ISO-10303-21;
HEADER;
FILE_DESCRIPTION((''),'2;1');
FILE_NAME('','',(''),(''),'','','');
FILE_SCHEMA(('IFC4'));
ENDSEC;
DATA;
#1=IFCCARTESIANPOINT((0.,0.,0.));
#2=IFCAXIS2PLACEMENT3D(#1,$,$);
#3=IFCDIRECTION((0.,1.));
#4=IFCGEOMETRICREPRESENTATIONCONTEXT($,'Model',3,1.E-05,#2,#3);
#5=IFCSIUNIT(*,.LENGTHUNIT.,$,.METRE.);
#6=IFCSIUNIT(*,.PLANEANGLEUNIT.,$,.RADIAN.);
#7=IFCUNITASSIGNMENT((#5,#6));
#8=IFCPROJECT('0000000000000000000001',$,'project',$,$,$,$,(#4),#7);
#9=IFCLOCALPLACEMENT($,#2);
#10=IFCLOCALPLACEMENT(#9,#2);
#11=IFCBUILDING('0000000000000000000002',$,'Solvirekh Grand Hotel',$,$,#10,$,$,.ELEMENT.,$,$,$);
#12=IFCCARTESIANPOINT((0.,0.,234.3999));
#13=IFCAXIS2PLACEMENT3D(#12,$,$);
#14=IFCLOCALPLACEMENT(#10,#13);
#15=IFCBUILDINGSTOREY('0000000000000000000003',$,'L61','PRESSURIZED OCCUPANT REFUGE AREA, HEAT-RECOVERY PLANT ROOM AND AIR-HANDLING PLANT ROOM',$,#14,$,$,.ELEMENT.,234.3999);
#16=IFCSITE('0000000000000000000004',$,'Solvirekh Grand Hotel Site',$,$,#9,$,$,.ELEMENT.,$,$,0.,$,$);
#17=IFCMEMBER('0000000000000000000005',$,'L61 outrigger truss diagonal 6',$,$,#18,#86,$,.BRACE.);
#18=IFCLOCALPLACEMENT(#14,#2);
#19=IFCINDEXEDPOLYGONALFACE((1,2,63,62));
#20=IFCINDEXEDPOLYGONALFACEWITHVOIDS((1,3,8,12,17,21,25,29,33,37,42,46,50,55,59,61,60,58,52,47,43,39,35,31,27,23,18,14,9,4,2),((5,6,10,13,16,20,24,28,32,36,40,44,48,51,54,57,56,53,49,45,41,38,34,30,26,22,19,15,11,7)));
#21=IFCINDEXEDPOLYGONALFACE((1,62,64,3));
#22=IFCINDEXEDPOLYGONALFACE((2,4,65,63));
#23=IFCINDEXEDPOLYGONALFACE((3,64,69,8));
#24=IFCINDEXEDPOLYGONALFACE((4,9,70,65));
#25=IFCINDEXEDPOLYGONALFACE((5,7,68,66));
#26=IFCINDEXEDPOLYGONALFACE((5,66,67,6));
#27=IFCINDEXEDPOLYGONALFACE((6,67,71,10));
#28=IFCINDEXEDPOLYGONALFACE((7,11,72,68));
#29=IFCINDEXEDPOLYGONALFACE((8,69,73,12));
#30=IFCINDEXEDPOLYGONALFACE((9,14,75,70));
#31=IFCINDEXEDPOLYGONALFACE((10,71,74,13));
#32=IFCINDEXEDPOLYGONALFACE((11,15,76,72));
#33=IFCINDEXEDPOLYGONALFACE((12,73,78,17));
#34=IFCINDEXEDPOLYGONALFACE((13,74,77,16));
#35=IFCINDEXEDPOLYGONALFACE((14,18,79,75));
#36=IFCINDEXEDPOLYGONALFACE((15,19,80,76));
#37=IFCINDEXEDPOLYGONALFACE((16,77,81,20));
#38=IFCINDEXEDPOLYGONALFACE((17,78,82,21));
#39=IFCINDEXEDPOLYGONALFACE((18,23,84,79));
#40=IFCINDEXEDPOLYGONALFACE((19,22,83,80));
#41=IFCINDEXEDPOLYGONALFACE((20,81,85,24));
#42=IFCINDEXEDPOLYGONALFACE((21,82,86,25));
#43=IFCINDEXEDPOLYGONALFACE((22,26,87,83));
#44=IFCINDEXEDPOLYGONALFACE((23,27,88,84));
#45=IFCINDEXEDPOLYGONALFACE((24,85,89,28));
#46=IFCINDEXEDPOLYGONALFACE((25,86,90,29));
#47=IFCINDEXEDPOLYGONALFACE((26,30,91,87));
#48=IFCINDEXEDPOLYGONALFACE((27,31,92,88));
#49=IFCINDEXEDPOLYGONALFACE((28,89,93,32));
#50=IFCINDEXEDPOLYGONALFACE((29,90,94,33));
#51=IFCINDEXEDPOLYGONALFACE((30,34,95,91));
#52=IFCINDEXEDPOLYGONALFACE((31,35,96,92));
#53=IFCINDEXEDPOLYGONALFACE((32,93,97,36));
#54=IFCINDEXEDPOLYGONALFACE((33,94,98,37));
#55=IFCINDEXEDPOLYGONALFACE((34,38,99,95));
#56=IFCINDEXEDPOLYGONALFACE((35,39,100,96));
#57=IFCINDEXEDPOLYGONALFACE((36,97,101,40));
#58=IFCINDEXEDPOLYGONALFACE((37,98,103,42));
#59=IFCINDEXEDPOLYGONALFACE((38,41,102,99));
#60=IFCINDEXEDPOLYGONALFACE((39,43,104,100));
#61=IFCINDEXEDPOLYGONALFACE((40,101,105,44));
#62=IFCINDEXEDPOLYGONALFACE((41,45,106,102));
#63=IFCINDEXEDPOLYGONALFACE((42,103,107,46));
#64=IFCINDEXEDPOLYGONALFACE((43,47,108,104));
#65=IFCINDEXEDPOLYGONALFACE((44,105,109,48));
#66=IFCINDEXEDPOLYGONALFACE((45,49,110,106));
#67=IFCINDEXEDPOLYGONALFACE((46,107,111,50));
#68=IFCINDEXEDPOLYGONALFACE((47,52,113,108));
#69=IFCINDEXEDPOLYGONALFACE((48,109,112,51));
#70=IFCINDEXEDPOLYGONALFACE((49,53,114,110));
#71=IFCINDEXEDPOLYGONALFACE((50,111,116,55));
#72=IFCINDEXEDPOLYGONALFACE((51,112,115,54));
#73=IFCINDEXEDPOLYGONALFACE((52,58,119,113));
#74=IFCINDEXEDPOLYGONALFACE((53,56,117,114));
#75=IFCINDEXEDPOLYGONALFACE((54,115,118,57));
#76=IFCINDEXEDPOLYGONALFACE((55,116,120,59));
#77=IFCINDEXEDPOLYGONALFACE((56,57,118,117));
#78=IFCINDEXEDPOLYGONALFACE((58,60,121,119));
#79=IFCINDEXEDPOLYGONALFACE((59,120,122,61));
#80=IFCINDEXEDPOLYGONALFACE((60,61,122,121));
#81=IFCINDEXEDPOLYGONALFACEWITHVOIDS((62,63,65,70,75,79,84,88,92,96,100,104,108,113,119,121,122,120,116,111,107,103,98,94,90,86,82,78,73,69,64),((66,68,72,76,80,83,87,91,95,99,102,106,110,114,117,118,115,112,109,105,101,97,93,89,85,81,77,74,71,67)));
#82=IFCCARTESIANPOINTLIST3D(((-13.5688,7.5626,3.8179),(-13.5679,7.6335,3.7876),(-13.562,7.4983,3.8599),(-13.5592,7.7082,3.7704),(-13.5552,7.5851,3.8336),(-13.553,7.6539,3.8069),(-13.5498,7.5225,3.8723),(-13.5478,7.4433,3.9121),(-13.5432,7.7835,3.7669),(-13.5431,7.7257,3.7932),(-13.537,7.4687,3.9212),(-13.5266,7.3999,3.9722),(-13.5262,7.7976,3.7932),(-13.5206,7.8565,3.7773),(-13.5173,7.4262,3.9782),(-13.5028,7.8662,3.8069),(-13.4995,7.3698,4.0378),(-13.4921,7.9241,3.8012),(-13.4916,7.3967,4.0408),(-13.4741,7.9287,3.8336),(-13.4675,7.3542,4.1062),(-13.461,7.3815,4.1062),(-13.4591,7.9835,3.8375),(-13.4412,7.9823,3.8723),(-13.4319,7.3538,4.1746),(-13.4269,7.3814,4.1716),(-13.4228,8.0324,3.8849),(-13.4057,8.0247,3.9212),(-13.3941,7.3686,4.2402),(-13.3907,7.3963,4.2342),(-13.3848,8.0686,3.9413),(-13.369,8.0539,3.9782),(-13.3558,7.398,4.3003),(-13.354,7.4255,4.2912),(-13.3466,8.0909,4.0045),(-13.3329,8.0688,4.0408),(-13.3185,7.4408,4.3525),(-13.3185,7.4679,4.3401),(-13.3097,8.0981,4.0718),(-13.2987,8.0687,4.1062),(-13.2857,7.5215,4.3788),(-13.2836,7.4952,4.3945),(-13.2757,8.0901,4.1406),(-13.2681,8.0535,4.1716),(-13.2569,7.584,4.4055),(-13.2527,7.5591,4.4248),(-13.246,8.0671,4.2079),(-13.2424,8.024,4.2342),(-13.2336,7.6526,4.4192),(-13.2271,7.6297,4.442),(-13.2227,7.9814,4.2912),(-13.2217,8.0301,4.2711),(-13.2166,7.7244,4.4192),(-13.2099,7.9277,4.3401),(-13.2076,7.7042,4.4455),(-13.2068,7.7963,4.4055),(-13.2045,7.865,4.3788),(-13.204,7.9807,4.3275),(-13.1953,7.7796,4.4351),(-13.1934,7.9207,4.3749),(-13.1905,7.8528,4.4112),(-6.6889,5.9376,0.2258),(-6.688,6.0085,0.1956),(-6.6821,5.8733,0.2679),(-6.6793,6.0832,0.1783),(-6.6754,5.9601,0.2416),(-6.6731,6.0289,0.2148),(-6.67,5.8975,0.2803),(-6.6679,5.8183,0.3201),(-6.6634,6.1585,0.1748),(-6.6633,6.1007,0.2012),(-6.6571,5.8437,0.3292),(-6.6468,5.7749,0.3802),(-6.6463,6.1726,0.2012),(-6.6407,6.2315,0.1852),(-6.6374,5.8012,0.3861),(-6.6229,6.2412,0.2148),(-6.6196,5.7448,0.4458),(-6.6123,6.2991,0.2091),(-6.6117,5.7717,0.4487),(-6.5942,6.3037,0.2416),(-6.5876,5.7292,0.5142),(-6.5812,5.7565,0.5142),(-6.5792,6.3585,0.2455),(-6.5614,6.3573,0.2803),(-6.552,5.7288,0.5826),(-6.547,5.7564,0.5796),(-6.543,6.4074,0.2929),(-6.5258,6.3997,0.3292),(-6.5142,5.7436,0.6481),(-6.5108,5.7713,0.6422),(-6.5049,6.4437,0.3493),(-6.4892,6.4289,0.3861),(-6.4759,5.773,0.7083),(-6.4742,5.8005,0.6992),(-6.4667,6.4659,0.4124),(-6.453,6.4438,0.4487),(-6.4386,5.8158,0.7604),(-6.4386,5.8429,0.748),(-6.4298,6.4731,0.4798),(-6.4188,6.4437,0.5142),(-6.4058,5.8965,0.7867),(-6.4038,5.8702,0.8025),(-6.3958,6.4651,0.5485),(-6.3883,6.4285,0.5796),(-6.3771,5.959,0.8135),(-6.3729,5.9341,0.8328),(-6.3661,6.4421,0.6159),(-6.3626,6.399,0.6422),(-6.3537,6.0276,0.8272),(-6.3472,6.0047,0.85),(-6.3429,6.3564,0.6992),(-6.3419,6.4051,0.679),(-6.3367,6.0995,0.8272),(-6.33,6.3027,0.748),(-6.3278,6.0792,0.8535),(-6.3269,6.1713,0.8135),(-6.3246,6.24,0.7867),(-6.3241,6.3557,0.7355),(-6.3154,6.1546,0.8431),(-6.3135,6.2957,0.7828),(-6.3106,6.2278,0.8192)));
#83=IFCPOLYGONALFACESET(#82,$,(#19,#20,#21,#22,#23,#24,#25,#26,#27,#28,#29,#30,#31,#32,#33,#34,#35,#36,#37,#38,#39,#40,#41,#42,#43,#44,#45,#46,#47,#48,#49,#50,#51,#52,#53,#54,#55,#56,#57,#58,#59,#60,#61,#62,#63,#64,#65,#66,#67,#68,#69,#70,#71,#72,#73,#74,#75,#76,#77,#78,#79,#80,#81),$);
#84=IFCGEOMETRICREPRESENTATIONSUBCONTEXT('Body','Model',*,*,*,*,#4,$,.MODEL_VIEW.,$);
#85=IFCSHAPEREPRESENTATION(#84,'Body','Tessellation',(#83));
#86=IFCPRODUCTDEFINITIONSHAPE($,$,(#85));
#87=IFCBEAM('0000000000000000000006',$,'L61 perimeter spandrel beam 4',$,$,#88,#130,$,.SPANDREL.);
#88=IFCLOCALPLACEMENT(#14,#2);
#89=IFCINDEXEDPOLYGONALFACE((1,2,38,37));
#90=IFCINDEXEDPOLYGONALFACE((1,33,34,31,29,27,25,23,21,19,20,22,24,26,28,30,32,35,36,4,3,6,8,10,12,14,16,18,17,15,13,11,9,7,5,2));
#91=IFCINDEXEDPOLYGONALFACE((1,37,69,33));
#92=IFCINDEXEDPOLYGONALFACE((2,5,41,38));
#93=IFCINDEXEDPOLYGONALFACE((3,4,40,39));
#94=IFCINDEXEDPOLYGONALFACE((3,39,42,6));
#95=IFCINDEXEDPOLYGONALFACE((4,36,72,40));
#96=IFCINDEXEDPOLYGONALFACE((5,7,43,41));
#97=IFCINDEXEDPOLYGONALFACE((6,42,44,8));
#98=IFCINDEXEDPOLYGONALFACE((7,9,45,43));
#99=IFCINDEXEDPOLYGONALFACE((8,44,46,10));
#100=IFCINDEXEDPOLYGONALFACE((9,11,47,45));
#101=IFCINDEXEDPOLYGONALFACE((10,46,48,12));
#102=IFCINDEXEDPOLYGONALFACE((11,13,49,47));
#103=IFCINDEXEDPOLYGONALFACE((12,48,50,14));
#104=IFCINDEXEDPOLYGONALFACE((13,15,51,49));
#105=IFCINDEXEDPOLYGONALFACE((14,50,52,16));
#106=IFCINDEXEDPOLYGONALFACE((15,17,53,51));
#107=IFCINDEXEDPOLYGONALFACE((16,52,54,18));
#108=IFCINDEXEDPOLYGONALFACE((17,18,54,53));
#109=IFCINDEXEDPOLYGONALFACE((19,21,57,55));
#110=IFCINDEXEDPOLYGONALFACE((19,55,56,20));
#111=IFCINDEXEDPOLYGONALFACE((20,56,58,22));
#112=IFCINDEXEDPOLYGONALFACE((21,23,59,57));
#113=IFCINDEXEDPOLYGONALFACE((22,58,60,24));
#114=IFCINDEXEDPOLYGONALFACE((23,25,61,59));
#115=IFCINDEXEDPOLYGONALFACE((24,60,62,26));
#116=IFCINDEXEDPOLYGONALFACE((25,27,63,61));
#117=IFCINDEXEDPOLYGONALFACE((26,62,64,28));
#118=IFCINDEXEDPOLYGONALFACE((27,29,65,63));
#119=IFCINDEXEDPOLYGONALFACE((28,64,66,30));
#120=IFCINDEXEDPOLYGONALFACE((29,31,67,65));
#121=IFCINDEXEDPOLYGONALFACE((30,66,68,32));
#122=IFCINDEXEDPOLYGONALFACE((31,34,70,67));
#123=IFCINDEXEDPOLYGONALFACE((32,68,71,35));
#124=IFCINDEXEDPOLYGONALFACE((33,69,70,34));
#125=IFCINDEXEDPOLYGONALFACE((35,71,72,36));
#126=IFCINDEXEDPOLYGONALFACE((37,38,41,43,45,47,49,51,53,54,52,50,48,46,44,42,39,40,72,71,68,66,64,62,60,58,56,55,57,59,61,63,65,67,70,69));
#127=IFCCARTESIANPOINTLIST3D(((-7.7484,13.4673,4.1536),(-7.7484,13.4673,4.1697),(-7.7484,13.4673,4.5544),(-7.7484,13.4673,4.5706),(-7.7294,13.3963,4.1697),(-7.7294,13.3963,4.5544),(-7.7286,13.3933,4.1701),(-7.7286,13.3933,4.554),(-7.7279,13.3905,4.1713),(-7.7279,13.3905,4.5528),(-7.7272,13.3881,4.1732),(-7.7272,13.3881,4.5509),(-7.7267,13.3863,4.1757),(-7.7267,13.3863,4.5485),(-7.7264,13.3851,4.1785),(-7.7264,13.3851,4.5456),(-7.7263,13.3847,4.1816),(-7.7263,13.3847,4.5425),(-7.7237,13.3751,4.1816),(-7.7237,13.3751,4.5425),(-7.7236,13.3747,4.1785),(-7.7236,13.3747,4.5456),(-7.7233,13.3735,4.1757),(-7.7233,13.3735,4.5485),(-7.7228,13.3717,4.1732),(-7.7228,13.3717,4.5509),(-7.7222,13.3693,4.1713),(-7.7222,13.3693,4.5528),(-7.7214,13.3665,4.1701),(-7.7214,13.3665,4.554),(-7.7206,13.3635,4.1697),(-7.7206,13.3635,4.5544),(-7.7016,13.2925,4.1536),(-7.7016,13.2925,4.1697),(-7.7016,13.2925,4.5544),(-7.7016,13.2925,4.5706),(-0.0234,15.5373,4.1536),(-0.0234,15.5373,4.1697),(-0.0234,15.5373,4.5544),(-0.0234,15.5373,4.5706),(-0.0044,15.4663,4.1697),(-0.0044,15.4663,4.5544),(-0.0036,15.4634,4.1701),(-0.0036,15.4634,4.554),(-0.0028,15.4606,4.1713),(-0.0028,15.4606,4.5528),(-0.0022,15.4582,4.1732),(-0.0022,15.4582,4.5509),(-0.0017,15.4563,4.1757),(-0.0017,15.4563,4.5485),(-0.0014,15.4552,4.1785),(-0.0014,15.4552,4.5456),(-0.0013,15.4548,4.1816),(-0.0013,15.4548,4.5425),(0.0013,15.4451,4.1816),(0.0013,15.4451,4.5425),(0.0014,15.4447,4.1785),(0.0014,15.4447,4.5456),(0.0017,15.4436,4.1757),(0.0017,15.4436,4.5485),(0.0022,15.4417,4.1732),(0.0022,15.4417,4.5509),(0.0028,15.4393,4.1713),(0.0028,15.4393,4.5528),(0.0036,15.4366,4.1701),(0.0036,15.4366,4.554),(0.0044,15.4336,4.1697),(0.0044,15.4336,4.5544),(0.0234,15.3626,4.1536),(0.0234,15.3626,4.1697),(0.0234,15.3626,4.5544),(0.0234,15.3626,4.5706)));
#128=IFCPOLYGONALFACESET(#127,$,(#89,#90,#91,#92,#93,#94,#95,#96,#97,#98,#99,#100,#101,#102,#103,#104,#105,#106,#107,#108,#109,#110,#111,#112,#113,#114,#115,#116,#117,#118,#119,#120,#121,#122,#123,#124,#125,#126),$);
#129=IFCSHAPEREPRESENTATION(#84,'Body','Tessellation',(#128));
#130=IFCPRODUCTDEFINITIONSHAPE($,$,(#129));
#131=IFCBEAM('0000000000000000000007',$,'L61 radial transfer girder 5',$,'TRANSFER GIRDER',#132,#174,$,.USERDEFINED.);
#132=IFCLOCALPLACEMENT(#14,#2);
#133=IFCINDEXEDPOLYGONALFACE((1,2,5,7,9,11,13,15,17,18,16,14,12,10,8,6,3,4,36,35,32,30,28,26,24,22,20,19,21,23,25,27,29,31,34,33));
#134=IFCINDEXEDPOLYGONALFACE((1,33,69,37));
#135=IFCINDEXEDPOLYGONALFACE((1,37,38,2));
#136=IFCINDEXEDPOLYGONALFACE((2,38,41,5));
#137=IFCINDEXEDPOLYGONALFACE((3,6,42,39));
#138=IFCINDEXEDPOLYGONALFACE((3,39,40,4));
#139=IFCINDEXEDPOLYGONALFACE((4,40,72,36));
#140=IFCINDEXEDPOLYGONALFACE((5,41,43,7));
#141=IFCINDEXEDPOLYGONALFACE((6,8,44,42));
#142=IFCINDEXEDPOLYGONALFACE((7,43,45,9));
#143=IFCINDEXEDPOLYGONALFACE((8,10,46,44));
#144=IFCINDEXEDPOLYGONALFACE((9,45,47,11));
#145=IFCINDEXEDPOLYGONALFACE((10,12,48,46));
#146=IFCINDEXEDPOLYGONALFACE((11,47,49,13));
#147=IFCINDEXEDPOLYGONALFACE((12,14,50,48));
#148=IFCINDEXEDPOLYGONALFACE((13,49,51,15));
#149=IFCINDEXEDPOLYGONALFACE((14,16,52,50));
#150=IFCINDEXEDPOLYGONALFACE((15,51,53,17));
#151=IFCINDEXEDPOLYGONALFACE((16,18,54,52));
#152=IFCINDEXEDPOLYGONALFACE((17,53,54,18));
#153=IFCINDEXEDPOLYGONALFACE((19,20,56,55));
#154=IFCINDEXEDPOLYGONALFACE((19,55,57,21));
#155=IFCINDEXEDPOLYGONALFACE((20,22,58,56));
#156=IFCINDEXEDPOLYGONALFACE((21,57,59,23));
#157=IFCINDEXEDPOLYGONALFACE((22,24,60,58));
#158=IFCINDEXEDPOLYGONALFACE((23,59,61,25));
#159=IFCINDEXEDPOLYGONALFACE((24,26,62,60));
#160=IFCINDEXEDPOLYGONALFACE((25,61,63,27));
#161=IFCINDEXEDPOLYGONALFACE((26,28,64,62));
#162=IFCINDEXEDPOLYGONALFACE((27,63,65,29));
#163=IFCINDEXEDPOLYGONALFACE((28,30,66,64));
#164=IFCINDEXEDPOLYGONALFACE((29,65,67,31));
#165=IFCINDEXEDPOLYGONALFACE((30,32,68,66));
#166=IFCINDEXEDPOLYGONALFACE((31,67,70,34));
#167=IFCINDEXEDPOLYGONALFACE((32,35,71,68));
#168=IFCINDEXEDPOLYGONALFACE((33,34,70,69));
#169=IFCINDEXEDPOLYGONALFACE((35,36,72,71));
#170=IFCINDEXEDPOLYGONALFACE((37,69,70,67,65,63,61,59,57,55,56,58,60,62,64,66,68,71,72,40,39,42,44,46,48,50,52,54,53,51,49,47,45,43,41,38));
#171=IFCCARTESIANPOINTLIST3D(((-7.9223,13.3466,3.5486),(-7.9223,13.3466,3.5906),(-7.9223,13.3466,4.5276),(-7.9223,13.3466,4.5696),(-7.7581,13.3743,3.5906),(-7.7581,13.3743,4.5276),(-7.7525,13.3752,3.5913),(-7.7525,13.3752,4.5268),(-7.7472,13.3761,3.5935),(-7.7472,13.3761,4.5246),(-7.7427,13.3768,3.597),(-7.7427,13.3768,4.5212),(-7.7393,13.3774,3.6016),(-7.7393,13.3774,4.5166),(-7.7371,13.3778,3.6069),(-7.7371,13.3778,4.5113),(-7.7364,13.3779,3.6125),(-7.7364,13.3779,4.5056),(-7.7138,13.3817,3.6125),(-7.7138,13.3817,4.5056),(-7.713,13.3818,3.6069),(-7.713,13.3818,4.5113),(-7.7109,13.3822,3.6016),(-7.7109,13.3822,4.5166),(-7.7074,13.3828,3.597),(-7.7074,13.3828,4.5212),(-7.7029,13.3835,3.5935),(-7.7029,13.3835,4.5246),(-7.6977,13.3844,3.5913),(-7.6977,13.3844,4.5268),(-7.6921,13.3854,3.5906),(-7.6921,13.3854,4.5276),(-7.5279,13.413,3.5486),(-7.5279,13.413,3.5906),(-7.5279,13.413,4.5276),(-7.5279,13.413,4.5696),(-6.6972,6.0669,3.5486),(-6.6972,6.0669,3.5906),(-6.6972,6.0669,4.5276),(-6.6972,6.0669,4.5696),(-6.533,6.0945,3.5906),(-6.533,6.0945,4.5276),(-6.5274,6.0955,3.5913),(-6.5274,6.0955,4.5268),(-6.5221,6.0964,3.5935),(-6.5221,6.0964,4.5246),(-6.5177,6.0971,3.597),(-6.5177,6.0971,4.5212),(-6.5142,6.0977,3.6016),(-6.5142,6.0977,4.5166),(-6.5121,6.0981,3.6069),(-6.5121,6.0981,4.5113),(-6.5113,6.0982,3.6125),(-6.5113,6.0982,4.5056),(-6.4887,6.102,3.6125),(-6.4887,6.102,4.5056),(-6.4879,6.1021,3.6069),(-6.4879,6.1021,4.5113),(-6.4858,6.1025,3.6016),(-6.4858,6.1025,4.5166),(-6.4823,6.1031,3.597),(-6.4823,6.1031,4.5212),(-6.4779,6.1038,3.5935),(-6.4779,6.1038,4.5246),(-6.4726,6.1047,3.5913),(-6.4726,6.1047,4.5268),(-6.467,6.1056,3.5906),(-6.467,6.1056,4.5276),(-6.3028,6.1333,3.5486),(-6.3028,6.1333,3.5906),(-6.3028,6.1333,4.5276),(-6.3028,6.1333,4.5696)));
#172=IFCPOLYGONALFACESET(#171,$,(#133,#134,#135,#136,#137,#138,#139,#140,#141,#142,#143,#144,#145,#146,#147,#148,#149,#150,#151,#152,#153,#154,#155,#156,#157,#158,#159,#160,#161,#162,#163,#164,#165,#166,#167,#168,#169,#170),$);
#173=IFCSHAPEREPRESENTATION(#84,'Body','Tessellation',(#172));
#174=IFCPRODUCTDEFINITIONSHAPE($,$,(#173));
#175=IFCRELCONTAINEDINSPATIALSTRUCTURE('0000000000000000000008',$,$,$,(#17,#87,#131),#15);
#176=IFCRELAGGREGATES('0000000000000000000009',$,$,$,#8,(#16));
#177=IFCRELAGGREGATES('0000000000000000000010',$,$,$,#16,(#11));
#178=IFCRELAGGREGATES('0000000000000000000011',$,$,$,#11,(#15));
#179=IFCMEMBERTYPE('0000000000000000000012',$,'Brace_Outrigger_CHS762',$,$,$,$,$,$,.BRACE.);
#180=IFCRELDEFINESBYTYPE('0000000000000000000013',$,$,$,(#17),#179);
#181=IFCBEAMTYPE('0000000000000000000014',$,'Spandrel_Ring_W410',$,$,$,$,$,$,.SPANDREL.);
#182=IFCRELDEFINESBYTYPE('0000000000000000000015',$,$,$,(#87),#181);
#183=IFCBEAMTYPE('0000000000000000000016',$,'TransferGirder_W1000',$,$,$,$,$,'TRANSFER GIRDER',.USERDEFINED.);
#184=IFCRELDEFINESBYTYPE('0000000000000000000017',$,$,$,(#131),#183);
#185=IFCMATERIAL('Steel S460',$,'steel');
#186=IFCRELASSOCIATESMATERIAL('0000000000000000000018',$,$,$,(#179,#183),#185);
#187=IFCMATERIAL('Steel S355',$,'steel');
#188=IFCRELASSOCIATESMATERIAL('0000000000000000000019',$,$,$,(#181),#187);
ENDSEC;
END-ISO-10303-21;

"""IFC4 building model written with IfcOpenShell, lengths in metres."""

from ifc_helpers import new_model, si_unit, direction, frame, origin, origin_2d, place, context, subcontext, project, spatial, hollow_circle, i_section, extrude, material, material_profile, profile_set, type_object, element, save


model = new_model("IFC4")

# Units and contexts
model_context = context("Model", 3, precision=1e-05, world=origin(), true_north=direction((0.0, 1.0)))
body_context = subcontext(model_context, "Body", "Model", "MODEL_VIEW")
ifc_project = project(units=[si_unit("LENGTHUNIT", "METRE"), si_unit("PLANEANGLEUNIT", "RADIAN")], contexts=[model_context])

# Site, building, storey
site_placement = place(None, origin())
site = spatial("IfcSite", under=ifc_project, at=site_placement, Name="Solvirekh Grand Hotel Site", CompositionType="ELEMENT", RefElevation=0.0)
building_placement = place(site_placement, origin())
building = spatial("IfcBuilding", under=site, at=building_placement, Name="Solvirekh Grand Hotel", CompositionType="ELEMENT")
storey_placement = place(building_placement, frame((0.0, 0.0, 234.3999)))
storey = spatial("IfcBuildingStorey", under=building, at=storey_placement, Name="L61", Description="PRESSURIZED OCCUPANT REFUGE AREA, HEAT-RECOVERY PLANT ROOM AND AIR-HANDLING PLANT ROOM", CompositionType="ELEMENT", Elevation=234.3999)

# Shared definitions
ifc_material_1 = material(Name="Steel S460", Category="steel")

# Member
ifc_material_profile_1 = material_profile(ifc_material_1, hollow_circle(Radius=0.3811, WallThickness=0.0281, at=origin_2d()), Name="CHS 762X28")
ifc_profile_set_1 = profile_set([ifc_material_profile_1], Name="Steel S460")
member_type = type_object("IfcMemberType", Name="Brace_Outrigger_CHS762", PredefinedType="BRACE", material=ifc_profile_set_1)
member_placement = place(storey_placement, frame((-6.5, 6.1001, 0.5142), z_axis=(-0.867637, 0.204932, 0.453), x_axis=(-0.229871, -0.973221, 0.0)))
element("IfcMember", 1, at=member_placement, inside=storey, type_object=member_type, Name="L61 outrigger truss diagonal 6", PredefinedType="BRACE", context=body_context, shape_type="SweptSolid", body=[
    extrude(hollow_circle(Radius=0.3811, WallThickness=0.0281, at=origin_2d()), origin(), (0.0, 0.0, 1.0), 7.9294),
])

# Beams
ifc_material_2 = material(Name="Steel S355", Category="steel")
ifc_material_profile_2 = material_profile(ifc_material_2, i_section(OverallWidth=0.1809, OverallDepth=0.417, WebThickness=0.01, FlangeThickness=0.0161, FilletRadius=0.012, at=origin_2d()), Name="W410X85")
ifc_profile_set_2 = profile_set([ifc_material_profile_2], Name="Steel S355")
beam_type_1 = type_object("IfcBeamType", Name="Spandrel_Ring_W410", PredefinedType="SPANDREL", material=ifc_profile_set_2)
beam_1_placement = place(storey_placement, frame((0.0, 15.45, 4.3621), z_axis=(-0.965922, -0.258835, 0.0), x_axis=(0.258835, -0.965922, 0.0)))
element("IfcBeam", 2, at=beam_1_placement, inside=storey, type_object=beam_type_1, Name="L61 perimeter spandrel beam 4", PredefinedType="SPANDREL", context=body_context, shape_type="SweptSolid", body=[
    extrude(i_section(OverallWidth=0.1809, OverallDepth=0.417, WebThickness=0.01, FlangeThickness=0.0161, FilletRadius=0.012, at=origin_2d()), origin(), (0.0, 0.0, 1.0), 7.9976),
])
ifc_material_profile_3 = material_profile(ifc_material_1, i_section(OverallWidth=0.3999, OverallDepth=1.021, WebThickness=0.0229, FlangeThickness=0.042, FilletRadius=0.022, at=origin_2d()), Name="W1000X412")
ifc_profile_set_3 = profile_set([ifc_material_profile_3], Name="Steel S460")
beam_type_2 = type_object("IfcBeamType", Name="TransferGirder_W1000", ElementType="TRANSFER GIRDER", PredefinedType="USERDEFINED", material=ifc_profile_set_3)
beam_2_placement = place(storey_placement, frame((-6.5, 6.1001, 4.0591), z_axis=(-0.165954, 0.986133, 0.0), x_axis=(-0.986133, -0.165954, 0.0)))
element("IfcBeam", 3, at=beam_2_placement, inside=storey, type_object=beam_type_2, Name="L61 radial transfer girder 5", ObjectType="TRANSFER GIRDER", PredefinedType="USERDEFINED", context=body_context, shape_type="SweptSolid", body=[
    extrude(i_section(OverallWidth=0.3999, OverallDepth=1.021, WebThickness=0.0229, FlangeThickness=0.042, FilletRadius=0.022, at=origin_2d()), origin(), (0.0, 0.0, 1.0), 7.3821),
])

save(model, "model.ifc")
